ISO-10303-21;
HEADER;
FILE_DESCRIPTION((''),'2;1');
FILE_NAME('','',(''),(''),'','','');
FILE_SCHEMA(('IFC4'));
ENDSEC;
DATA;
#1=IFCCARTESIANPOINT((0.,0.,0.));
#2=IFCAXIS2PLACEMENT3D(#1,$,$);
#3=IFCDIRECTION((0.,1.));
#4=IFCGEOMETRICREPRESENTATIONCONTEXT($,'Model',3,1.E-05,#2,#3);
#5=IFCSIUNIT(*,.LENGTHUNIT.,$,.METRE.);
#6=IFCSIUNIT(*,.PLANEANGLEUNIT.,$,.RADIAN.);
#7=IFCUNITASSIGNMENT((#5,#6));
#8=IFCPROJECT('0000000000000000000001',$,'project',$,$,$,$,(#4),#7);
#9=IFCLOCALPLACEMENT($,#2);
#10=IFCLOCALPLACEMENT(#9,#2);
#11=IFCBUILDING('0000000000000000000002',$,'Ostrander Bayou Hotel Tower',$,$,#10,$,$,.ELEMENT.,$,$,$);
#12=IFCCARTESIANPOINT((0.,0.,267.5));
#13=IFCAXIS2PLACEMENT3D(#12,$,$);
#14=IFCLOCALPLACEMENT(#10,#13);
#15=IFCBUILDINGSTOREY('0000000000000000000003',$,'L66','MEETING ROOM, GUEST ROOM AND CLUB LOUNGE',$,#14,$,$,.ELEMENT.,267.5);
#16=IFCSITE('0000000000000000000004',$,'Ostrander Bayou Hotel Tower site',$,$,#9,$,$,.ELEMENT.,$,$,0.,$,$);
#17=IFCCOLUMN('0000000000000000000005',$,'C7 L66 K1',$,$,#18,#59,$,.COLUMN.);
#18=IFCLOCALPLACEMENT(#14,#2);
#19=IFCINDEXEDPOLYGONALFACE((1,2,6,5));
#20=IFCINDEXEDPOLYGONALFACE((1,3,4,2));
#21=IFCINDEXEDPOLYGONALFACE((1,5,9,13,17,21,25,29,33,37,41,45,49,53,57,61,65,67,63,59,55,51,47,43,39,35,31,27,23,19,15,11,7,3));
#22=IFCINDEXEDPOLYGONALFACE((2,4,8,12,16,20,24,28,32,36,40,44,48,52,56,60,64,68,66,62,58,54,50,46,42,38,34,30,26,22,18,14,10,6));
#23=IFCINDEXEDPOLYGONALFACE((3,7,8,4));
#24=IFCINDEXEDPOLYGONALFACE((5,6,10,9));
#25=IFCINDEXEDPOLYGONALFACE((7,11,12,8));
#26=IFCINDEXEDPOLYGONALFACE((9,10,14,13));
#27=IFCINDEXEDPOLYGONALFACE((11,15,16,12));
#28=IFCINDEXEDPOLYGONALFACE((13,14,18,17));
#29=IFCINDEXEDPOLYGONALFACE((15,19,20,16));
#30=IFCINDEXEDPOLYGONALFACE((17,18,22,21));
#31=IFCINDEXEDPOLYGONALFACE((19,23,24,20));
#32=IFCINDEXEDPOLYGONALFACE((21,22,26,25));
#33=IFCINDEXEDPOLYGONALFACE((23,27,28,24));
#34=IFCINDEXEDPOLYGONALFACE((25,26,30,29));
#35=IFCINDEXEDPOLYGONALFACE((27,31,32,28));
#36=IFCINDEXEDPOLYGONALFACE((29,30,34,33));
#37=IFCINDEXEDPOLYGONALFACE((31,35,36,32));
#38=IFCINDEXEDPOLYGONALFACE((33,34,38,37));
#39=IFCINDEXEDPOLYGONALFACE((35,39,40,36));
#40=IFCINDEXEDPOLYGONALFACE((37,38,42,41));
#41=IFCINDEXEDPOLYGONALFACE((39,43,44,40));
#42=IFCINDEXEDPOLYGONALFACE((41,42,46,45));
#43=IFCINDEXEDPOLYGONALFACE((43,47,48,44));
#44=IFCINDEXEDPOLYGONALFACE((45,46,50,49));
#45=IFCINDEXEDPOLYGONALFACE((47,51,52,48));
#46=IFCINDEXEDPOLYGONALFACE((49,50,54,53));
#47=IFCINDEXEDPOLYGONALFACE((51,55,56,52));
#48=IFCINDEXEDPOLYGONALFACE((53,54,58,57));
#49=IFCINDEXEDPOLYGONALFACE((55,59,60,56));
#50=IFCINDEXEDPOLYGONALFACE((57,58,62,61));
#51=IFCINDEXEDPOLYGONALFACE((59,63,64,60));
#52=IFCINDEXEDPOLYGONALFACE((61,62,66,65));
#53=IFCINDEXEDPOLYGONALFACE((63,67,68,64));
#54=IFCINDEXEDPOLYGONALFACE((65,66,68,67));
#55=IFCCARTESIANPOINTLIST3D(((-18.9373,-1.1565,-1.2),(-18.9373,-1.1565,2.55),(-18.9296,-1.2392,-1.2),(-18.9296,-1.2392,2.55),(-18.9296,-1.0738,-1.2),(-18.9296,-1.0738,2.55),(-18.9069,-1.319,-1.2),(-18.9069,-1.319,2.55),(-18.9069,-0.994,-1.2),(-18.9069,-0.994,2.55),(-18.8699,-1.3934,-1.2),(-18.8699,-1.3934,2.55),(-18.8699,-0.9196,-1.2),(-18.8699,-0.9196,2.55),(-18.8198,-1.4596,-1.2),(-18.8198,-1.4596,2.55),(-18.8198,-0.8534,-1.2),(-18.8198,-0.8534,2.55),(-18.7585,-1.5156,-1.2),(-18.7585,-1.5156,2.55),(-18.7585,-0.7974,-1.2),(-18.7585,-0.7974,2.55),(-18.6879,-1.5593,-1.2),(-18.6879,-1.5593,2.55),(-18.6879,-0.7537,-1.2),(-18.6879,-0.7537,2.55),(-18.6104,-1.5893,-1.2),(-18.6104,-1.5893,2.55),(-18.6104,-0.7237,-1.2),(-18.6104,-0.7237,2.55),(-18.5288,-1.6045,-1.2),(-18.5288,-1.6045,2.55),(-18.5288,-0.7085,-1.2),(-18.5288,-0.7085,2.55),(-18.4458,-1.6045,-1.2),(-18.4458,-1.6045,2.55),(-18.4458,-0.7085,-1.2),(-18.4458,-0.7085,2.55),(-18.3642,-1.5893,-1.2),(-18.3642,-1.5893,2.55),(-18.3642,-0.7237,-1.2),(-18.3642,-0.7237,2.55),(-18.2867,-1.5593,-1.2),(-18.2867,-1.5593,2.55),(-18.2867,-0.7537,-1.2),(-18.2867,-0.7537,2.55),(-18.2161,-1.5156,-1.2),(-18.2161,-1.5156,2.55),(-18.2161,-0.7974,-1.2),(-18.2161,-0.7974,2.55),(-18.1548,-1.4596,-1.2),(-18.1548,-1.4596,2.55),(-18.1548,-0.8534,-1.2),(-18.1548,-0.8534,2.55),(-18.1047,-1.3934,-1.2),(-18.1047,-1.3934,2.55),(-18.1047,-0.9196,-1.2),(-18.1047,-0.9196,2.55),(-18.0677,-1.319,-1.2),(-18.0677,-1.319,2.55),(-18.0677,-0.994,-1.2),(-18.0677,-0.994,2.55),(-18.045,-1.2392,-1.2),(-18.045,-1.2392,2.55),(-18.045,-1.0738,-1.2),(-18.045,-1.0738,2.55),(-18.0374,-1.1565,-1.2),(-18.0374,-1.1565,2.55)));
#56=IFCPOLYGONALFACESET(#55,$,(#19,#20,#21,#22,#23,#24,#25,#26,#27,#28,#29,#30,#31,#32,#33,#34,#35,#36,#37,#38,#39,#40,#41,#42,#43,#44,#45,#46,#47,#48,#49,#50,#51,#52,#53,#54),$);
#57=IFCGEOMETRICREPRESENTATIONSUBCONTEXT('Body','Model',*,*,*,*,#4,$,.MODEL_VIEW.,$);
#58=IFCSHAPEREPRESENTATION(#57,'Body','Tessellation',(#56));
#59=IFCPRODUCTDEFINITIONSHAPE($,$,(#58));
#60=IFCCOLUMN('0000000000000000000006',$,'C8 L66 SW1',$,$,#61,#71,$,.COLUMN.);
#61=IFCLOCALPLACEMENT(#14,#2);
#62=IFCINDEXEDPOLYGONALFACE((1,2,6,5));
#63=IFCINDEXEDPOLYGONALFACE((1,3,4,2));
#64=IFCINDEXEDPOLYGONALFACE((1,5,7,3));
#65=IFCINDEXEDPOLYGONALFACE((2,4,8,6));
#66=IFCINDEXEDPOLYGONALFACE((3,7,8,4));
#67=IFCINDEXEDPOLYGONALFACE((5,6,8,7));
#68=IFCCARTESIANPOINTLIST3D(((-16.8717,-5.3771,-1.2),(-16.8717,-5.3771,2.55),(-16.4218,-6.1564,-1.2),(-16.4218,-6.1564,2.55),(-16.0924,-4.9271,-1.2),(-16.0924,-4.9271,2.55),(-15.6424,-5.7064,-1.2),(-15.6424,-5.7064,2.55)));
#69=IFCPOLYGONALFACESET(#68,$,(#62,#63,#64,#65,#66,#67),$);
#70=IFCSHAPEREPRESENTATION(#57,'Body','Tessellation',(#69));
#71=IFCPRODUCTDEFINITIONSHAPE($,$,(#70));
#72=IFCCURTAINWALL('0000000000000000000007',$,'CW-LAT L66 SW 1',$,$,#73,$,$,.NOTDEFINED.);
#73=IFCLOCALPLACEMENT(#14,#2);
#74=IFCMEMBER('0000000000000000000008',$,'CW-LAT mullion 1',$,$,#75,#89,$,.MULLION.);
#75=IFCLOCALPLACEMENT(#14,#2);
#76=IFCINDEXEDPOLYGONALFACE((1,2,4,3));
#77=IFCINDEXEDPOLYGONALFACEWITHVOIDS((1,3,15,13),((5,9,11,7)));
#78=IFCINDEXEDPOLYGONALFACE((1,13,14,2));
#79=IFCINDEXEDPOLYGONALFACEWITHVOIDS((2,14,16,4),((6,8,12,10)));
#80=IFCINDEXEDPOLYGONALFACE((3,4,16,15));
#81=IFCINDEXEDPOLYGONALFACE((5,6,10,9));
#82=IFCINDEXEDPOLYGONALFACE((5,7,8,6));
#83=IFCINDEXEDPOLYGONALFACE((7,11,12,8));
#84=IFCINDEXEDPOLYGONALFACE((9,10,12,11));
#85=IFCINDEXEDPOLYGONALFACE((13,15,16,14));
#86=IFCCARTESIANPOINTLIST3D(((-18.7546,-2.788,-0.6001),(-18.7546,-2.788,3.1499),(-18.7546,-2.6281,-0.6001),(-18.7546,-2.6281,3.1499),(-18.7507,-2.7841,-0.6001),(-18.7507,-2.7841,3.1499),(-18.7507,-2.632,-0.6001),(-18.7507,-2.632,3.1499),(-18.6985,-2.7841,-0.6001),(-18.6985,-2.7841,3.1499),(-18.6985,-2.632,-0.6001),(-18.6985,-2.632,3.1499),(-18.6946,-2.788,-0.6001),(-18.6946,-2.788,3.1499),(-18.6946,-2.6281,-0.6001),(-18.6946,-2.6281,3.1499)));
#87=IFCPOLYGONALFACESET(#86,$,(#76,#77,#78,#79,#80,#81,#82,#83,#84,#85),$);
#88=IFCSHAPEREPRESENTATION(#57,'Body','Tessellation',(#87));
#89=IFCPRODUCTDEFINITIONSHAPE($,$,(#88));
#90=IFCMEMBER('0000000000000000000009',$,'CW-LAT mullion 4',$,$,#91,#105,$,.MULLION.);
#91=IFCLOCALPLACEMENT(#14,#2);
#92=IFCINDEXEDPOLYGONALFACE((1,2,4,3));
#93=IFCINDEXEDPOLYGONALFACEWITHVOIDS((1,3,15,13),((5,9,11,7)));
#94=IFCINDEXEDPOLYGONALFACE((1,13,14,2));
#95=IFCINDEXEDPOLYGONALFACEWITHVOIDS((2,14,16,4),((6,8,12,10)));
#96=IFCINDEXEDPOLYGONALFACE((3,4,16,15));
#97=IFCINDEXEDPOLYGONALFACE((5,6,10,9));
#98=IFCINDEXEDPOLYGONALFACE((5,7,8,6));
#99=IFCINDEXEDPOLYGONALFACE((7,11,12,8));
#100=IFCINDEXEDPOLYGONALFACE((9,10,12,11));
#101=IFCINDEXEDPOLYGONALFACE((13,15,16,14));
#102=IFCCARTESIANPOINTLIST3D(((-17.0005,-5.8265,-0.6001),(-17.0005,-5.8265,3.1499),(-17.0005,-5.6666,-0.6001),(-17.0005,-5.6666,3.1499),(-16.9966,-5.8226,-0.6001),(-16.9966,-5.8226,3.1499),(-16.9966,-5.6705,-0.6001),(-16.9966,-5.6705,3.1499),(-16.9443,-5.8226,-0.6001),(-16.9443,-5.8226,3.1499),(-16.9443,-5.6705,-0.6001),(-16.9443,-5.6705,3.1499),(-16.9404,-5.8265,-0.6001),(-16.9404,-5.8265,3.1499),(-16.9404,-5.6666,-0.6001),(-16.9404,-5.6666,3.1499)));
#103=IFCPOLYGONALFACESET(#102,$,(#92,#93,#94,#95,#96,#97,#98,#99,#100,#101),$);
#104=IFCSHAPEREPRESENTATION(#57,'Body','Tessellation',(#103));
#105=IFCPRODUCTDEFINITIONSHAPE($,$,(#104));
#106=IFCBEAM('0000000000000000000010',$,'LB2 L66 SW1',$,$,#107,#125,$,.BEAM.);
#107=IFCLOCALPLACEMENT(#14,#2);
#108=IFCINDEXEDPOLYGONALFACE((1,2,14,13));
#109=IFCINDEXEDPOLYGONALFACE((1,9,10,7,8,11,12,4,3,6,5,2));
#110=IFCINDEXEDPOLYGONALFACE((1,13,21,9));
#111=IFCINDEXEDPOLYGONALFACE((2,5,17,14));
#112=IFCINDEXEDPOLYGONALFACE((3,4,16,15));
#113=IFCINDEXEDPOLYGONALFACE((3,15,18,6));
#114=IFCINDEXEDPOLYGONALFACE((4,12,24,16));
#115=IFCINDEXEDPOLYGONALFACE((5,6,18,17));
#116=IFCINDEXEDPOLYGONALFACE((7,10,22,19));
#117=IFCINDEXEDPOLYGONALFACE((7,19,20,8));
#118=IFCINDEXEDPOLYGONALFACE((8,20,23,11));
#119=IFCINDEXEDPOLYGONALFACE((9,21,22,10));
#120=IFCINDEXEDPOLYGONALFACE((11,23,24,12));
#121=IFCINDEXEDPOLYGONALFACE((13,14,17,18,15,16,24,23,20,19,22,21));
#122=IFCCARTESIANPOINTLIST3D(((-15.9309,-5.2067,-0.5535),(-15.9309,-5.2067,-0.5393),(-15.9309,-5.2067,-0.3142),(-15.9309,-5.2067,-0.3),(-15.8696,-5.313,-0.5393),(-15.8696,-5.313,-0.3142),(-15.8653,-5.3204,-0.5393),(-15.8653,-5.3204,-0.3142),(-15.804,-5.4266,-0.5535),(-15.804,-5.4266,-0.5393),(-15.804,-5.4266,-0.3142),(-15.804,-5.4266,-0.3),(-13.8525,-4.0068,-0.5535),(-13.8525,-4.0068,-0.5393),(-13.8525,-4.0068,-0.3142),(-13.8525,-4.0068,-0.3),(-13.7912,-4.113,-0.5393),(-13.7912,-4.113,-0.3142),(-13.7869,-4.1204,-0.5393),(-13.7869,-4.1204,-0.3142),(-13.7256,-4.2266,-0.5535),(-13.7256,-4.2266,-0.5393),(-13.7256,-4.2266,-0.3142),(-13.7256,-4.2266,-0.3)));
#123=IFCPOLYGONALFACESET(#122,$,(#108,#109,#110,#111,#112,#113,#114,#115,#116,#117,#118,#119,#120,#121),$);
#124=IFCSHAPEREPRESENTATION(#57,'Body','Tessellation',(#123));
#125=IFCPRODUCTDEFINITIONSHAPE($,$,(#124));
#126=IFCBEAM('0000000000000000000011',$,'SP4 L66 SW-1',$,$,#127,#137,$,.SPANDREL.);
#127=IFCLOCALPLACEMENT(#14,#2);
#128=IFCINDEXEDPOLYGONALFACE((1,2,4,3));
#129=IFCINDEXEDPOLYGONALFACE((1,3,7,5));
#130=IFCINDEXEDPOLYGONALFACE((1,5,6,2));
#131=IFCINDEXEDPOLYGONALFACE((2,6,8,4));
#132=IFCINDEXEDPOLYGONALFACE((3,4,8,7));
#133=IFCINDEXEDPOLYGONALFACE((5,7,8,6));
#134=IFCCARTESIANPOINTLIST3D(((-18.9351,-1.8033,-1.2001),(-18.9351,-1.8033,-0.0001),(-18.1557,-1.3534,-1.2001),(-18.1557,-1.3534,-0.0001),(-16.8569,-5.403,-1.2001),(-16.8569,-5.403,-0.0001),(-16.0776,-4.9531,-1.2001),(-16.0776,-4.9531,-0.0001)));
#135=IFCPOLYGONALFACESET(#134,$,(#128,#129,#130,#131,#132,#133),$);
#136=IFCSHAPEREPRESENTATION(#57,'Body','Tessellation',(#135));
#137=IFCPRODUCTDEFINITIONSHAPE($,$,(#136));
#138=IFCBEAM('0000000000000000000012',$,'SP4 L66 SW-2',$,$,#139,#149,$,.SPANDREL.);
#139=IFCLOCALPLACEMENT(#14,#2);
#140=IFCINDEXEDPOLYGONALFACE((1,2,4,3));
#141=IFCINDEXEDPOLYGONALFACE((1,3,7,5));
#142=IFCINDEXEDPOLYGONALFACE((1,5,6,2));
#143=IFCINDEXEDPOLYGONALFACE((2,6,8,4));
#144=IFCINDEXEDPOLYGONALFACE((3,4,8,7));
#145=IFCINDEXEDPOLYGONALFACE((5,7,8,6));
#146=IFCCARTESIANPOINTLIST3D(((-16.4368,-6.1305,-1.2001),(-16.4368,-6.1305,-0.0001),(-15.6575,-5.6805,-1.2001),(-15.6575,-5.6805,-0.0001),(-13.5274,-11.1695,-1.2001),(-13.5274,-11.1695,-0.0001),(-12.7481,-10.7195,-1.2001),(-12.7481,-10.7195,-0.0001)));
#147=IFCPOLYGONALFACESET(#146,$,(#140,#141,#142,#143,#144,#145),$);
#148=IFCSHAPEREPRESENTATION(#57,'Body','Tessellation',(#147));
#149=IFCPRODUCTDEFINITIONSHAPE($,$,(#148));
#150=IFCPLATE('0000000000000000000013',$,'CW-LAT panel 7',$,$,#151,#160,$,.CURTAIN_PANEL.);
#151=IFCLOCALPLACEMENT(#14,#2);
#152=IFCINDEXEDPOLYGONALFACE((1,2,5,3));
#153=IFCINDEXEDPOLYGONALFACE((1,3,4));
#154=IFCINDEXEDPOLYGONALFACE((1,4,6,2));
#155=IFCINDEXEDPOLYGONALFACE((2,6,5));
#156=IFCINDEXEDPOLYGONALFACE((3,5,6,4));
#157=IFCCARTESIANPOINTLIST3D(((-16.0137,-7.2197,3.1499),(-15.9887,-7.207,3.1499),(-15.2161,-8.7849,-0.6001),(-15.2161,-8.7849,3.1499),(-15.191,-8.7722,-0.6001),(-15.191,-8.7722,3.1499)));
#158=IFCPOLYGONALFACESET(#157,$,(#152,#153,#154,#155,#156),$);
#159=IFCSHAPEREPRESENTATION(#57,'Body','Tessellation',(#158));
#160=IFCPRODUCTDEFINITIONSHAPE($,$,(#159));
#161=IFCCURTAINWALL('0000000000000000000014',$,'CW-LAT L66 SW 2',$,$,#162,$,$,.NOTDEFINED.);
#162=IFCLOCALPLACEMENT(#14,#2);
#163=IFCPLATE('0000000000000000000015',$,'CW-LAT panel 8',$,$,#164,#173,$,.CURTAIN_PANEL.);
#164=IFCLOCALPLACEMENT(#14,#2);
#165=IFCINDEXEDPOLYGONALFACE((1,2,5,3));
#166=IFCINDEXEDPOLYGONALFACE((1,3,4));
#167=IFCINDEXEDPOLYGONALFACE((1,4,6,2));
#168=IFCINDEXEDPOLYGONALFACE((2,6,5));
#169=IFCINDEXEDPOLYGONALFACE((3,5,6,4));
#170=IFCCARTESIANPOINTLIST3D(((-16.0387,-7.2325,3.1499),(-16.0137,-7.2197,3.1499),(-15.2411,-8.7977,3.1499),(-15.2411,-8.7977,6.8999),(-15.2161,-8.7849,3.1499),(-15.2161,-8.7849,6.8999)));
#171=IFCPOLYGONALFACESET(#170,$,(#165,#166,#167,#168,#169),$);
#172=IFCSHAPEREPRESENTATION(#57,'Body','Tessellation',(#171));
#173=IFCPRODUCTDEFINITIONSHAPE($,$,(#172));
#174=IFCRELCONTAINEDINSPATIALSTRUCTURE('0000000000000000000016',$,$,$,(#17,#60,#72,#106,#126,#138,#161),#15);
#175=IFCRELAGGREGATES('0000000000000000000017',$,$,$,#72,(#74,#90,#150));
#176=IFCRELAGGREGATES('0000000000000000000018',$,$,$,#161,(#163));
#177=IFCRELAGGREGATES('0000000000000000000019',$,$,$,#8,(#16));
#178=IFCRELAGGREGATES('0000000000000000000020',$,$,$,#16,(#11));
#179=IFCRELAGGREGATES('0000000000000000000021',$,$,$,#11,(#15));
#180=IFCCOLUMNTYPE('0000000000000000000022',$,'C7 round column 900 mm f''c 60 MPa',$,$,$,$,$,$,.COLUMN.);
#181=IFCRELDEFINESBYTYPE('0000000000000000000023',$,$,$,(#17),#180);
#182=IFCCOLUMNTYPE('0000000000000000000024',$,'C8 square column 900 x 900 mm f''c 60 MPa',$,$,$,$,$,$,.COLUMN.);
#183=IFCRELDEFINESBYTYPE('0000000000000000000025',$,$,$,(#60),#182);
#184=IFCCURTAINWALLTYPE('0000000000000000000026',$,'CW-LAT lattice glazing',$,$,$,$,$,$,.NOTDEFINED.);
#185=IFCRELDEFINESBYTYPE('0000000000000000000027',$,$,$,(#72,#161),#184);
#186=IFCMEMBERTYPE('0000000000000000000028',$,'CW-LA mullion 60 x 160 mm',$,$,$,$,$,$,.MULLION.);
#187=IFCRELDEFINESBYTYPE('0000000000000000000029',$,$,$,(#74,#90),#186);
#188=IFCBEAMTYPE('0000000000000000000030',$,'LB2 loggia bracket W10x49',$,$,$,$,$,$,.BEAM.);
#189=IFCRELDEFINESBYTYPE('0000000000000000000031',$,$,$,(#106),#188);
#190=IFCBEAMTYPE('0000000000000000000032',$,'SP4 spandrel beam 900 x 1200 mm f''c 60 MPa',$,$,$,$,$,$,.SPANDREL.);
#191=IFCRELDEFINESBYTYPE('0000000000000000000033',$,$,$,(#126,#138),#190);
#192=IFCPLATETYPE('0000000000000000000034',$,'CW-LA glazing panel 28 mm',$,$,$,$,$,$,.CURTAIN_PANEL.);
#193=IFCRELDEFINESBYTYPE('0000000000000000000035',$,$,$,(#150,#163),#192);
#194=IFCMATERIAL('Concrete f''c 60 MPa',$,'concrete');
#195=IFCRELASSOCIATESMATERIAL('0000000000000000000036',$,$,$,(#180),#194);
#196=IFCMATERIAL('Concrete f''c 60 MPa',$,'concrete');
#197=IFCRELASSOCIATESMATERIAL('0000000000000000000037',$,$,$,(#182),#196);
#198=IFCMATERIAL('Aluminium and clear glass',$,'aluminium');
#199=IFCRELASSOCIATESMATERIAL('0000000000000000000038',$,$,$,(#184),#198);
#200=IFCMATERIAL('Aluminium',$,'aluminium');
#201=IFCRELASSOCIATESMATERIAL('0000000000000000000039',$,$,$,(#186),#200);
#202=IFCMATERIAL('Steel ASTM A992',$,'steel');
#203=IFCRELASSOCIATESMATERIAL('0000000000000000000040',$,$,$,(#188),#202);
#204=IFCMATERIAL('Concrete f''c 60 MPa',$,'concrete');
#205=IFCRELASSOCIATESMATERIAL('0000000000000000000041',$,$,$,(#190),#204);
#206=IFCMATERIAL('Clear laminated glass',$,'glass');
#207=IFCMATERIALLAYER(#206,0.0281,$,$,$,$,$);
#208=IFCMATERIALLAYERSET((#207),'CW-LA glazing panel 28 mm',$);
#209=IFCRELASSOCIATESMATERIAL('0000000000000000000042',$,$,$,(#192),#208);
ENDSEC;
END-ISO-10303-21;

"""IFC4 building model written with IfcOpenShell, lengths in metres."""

from ifc_helpers import new_model, si_unit, direction, frame, origin, origin_2d, place, context, subcontext, project, spatial, polyline, rectangle, hollow_rectangle, circle, i_section, outline, extrude, material, layer, layer_set, material_profile, profile_set, type_object, element, aggregate, save


model = new_model("IFC4")

# Units and contexts
model_context = context("Model", 3, precision=1e-05, world=origin(), true_north=direction((0.0, 1.0)))
body_context = subcontext(model_context, "Body", "Model", "MODEL_VIEW")
ifc_project = project(units=[si_unit("LENGTHUNIT", "METRE"), si_unit("PLANEANGLEUNIT", "RADIAN")], contexts=[model_context])

# Site, building, storey
site_placement = place(None, origin())
site = spatial("IfcSite", under=ifc_project, at=site_placement, Name="Ostrander Bayou Hotel Tower site", CompositionType="ELEMENT", RefElevation=0.0)
building_placement = place(site_placement, origin())
building = spatial("IfcBuilding", under=site, at=building_placement, Name="Ostrander Bayou Hotel Tower", CompositionType="ELEMENT")
storey_placement = place(building_placement, frame((0.0, 0.0, 267.5)))
storey = spatial("IfcBuildingStorey", under=building, at=storey_placement, Name="L66", Description="MEETING ROOM, GUEST ROOM AND CLUB LOUNGE", CompositionType="ELEMENT", Elevation=267.5)

# Columns
ifc_material_1 = material(Name="Concrete f'c 60 MPa", Category="concrete")
ifc_material_profile_1 = material_profile(ifc_material_1, circle(Radius=0.45, at=origin_2d()))
ifc_profile_set_1 = profile_set([ifc_material_profile_1], Name="Concrete f'c 60 MPa")
column_type_1 = type_object("IfcColumnType", Name="C7 round column 900 mm f'c 60 MPa", PredefinedType="COLUMN", material=ifc_profile_set_1)
column_1_placement = place(storey_placement, frame((-18.4873, -1.1565, -1.2), z_axis=(0.0, 0.0, 1.0), x_axis=(1.0, 0.0, 0.0)))
element("IfcColumn", 1, at=column_1_placement, inside=storey, type_object=column_type_1, Name="C7 L66 K1", PredefinedType="COLUMN", context=body_context, shape_type="SweptSolid", body=[
    extrude(circle(Radius=0.45, at=origin_2d()), origin(), (0.0, 0.0, 1.0), 3.75),
])
ifc_material_2 = material(Name="Concrete f'c 60 MPa", Category="concrete")
ifc_material_profile_2 = material_profile(ifc_material_2, rectangle(XDim=0.8999, YDim=0.8999, at=origin_2d()))
ifc_profile_set_2 = profile_set([ifc_material_profile_2], Name="Concrete f'c 60 MPa")
column_type_2 = type_object("IfcColumnType", Name="C8 square column 900 x 900 mm f'c 60 MPa", PredefinedType="COLUMN", material=ifc_profile_set_2)
column_2_placement = place(storey_placement, frame((-16.2571, -5.5417, -1.2), z_axis=(0.0, 0.0, 1.0), x_axis=(-0.5, 0.866025, 0.0)))
element("IfcColumn", 2, at=column_2_placement, inside=storey, type_object=column_type_2, Name="C8 L66 SW1", PredefinedType="COLUMN", context=body_context, shape_type="SweptSolid", body=[
    extrude(rectangle(XDim=0.8999, YDim=0.8999, at=origin_2d()), origin(), (0.0, 0.0, 1.0), 3.75),
])

# Curtain wall, members
ifc_material_3 = material(Name="Aluminium and clear glass", Category="aluminium")
curtain_wall_type = type_object("IfcCurtainWallType", Name="CW-LAT lattice glazing", PredefinedType="NOTDEFINED", material=ifc_material_3)
curtain_wall_1_placement = place(storey_placement, origin())
curtain_wall_1 = element("IfcCurtainWall", 3, at=curtain_wall_1_placement, inside=storey, type_object=curtain_wall_type, Name="CW-LAT L66 SW 1", PredefinedType="NOTDEFINED")
ifc_material_4 = material(Name="Aluminium", Category="aluminium")
ifc_material_profile_3 = material_profile(ifc_material_4, hollow_rectangle(XDim=0.0601, YDim=0.1599, WallThickness=0.0039, at=origin_2d()))
ifc_profile_set_3 = profile_set([ifc_material_profile_3], Name="Aluminium")
member_type = type_object("IfcMemberType", Name="CW-LA mullion 60 x 160 mm", PredefinedType="MULLION", material=ifc_profile_set_3)
member_1_placement = place(storey_placement, frame((-18.7246, -2.708, -0.6001), z_axis=(0.0, 0.0, 1.0), x_axis=(1.0, 0.0, 0.0)))
member_1 = element("IfcMember", 4, at=member_1_placement, type_object=member_type, Name="CW-LAT mullion 1", PredefinedType="MULLION", context=body_context, shape_type="SweptSolid", body=[
    extrude(hollow_rectangle(XDim=0.0601, YDim=0.1599, WallThickness=0.0039, at=origin_2d()), origin(), (0.0, 0.0, 1.0), 3.75),
])
member_2_placement = place(storey_placement, frame((-16.9705, -5.7466, -0.6001), z_axis=(0.0, 0.0, 1.0), x_axis=(1.0, 0.0, 0.0)))
member_2 = element("IfcMember", 5, at=member_2_placement, type_object=member_type, Name="CW-LAT mullion 4", PredefinedType="MULLION", context=body_context, shape_type="SweptSolid", body=[
    extrude(hollow_rectangle(XDim=0.0601, YDim=0.1599, WallThickness=0.0039, at=origin_2d()), origin(), (0.0, 0.0, 1.0), 3.75),
])

# Beams
ifc_material_5 = material(Name="Steel ASTM A992", Category="steel")
ifc_material_profile_4 = material_profile(ifc_material_5, i_section(OverallWidth=0.2539, OverallDepth=0.2534, WebThickness=0.0085, FlangeThickness=0.0142, at=origin_2d()))
ifc_profile_set_4 = profile_set([ifc_material_profile_4], Name="Steel ASTM A992")
beam_type_1 = type_object("IfcBeamType", Name="LB2 loggia bracket W10x49", PredefinedType="BEAM", material=ifc_profile_set_4)
beam_1_placement = place(storey_placement, frame((-15.8674, -5.3167, -0.4268), z_axis=(0.866025, 0.500001, 0.0), x_axis=(-0.500001, 0.866025, 0.0)))
element("IfcBeam", 6, at=beam_1_placement, inside=storey, type_object=beam_type_1, Name="LB2 L66 SW1", PredefinedType="BEAM", context=body_context, shape_type="SweptSolid", body=[
    extrude(i_section(OverallWidth=0.2539, OverallDepth=0.2534, WebThickness=0.0085, FlangeThickness=0.0142, at=origin_2d()), origin(), (0.0, 0.0, 1.0), 2.3999),
])
ifc_material_6 = material(Name="Concrete f'c 60 MPa", Category="concrete")
ifc_material_profile_5 = material_profile(ifc_material_6, rectangle(XDim=0.8999, YDim=1.2, at=origin_2d()))
ifc_profile_set_5 = profile_set([ifc_material_profile_5], Name="Concrete f'c 60 MPa")
beam_type_2 = type_object("IfcBeamType", Name="SP4 spandrel beam 900 x 1200 mm f'c 60 MPa", PredefinedType="SPANDREL", material=ifc_profile_set_5)
beam_2_placement = place(storey_placement, frame((-18.5454, -1.5784, -0.6001), z_axis=(0.49998, -0.866037, 0.0), x_axis=(0.866037, 0.49998, 0.0)))
element("IfcBeam", 7, at=beam_2_placement, inside=storey, type_object=beam_type_2, Name="SP4 L66 SW-1", PredefinedType="SPANDREL", context=body_context, shape_type="SweptSolid", body=[
    extrude(rectangle(XDim=0.8999, YDim=1.2, at=origin_2d()), origin(), (0.0, 0.0, 1.0), 4.1565),
])
beam_3_placement = place(storey_placement, frame((-16.0471, -5.9055, -0.6001), z_axis=(0.500015, -0.866016, 0.0), x_axis=(0.866016, 0.500015, 0.0)))
element("IfcBeam", 8, at=beam_3_placement, inside=storey, type_object=beam_type_2, Name="SP4 L66 SW-2", PredefinedType="SPANDREL", context=body_context, shape_type="SweptSolid", body=[
    extrude(rectangle(XDim=0.8999, YDim=1.2, at=origin_2d()), origin(), (0.0, 0.0, 1.0), 5.8186),
])

# Plate
ifc_material_7 = material(Name="Clear laminated glass", Category="glass")
ifc_layer_1 = layer(ifc_material_7, 0.0281)
ifc_layer_set_1 = layer_set([ifc_layer_1], Name="CW-LA glazing panel 28 mm")
plate_type = type_object("IfcPlateType", Name="CW-LA glazing panel 28 mm", PredefinedType="CURTAIN_PANEL", material=ifc_layer_set_1)
plate_1_placement = place(storey_placement, frame((-16.0137, -7.2197, 3.1499), z_axis=(-0.890982, -0.454038, 0.0), x_axis=(0.192609, -0.377966, -0.905562)))
plate_1 = element("IfcPlate", 9, at=plate_1_placement, type_object=plate_type, Name="CW-LAT panel 7", PredefinedType="CURTAIN_PANEL", context=body_context, shape_type="SweptSolid", body=[
    extrude(outline(polyline([(0.0, 0.0), (4.1411, 0.0), (0.7452, 1.5908), (0.0, 0.0)])), origin(), (0.0, 0.0, -1.0), 0.0281),
])
aggregate(curtain_wall_1, [member_1, member_2, plate_1])

# Curtain wall, plate
curtain_wall_2_placement = place(storey_placement, origin())
curtain_wall_2 = element("IfcCurtainWall", 10, at=curtain_wall_2_placement, inside=storey, type_object=curtain_wall_type, Name="CW-LAT L66 SW 2", PredefinedType="NOTDEFINED")
plate_2_placement = place(storey_placement, frame((-16.0137, -7.2197, 3.1499), z_axis=(0.890982, 0.454038, 0.0), x_axis=(0.192609, -0.377966, 0.905562)))
plate_2 = element("IfcPlate", 11, at=plate_2_placement, type_object=plate_type, Name="CW-LAT panel 8", PredefinedType="CURTAIN_PANEL", context=body_context, shape_type="SweptSolid", body=[
    extrude(outline(polyline([(0.0, 0.0), (4.1411, 0.0), (0.7452, 1.5908), (0.0, 0.0)])), origin(), (0.0, 0.0, -1.0), 0.0281),
])
aggregate(curtain_wall_2, [plate_2])

save(model, "model.ifc")
